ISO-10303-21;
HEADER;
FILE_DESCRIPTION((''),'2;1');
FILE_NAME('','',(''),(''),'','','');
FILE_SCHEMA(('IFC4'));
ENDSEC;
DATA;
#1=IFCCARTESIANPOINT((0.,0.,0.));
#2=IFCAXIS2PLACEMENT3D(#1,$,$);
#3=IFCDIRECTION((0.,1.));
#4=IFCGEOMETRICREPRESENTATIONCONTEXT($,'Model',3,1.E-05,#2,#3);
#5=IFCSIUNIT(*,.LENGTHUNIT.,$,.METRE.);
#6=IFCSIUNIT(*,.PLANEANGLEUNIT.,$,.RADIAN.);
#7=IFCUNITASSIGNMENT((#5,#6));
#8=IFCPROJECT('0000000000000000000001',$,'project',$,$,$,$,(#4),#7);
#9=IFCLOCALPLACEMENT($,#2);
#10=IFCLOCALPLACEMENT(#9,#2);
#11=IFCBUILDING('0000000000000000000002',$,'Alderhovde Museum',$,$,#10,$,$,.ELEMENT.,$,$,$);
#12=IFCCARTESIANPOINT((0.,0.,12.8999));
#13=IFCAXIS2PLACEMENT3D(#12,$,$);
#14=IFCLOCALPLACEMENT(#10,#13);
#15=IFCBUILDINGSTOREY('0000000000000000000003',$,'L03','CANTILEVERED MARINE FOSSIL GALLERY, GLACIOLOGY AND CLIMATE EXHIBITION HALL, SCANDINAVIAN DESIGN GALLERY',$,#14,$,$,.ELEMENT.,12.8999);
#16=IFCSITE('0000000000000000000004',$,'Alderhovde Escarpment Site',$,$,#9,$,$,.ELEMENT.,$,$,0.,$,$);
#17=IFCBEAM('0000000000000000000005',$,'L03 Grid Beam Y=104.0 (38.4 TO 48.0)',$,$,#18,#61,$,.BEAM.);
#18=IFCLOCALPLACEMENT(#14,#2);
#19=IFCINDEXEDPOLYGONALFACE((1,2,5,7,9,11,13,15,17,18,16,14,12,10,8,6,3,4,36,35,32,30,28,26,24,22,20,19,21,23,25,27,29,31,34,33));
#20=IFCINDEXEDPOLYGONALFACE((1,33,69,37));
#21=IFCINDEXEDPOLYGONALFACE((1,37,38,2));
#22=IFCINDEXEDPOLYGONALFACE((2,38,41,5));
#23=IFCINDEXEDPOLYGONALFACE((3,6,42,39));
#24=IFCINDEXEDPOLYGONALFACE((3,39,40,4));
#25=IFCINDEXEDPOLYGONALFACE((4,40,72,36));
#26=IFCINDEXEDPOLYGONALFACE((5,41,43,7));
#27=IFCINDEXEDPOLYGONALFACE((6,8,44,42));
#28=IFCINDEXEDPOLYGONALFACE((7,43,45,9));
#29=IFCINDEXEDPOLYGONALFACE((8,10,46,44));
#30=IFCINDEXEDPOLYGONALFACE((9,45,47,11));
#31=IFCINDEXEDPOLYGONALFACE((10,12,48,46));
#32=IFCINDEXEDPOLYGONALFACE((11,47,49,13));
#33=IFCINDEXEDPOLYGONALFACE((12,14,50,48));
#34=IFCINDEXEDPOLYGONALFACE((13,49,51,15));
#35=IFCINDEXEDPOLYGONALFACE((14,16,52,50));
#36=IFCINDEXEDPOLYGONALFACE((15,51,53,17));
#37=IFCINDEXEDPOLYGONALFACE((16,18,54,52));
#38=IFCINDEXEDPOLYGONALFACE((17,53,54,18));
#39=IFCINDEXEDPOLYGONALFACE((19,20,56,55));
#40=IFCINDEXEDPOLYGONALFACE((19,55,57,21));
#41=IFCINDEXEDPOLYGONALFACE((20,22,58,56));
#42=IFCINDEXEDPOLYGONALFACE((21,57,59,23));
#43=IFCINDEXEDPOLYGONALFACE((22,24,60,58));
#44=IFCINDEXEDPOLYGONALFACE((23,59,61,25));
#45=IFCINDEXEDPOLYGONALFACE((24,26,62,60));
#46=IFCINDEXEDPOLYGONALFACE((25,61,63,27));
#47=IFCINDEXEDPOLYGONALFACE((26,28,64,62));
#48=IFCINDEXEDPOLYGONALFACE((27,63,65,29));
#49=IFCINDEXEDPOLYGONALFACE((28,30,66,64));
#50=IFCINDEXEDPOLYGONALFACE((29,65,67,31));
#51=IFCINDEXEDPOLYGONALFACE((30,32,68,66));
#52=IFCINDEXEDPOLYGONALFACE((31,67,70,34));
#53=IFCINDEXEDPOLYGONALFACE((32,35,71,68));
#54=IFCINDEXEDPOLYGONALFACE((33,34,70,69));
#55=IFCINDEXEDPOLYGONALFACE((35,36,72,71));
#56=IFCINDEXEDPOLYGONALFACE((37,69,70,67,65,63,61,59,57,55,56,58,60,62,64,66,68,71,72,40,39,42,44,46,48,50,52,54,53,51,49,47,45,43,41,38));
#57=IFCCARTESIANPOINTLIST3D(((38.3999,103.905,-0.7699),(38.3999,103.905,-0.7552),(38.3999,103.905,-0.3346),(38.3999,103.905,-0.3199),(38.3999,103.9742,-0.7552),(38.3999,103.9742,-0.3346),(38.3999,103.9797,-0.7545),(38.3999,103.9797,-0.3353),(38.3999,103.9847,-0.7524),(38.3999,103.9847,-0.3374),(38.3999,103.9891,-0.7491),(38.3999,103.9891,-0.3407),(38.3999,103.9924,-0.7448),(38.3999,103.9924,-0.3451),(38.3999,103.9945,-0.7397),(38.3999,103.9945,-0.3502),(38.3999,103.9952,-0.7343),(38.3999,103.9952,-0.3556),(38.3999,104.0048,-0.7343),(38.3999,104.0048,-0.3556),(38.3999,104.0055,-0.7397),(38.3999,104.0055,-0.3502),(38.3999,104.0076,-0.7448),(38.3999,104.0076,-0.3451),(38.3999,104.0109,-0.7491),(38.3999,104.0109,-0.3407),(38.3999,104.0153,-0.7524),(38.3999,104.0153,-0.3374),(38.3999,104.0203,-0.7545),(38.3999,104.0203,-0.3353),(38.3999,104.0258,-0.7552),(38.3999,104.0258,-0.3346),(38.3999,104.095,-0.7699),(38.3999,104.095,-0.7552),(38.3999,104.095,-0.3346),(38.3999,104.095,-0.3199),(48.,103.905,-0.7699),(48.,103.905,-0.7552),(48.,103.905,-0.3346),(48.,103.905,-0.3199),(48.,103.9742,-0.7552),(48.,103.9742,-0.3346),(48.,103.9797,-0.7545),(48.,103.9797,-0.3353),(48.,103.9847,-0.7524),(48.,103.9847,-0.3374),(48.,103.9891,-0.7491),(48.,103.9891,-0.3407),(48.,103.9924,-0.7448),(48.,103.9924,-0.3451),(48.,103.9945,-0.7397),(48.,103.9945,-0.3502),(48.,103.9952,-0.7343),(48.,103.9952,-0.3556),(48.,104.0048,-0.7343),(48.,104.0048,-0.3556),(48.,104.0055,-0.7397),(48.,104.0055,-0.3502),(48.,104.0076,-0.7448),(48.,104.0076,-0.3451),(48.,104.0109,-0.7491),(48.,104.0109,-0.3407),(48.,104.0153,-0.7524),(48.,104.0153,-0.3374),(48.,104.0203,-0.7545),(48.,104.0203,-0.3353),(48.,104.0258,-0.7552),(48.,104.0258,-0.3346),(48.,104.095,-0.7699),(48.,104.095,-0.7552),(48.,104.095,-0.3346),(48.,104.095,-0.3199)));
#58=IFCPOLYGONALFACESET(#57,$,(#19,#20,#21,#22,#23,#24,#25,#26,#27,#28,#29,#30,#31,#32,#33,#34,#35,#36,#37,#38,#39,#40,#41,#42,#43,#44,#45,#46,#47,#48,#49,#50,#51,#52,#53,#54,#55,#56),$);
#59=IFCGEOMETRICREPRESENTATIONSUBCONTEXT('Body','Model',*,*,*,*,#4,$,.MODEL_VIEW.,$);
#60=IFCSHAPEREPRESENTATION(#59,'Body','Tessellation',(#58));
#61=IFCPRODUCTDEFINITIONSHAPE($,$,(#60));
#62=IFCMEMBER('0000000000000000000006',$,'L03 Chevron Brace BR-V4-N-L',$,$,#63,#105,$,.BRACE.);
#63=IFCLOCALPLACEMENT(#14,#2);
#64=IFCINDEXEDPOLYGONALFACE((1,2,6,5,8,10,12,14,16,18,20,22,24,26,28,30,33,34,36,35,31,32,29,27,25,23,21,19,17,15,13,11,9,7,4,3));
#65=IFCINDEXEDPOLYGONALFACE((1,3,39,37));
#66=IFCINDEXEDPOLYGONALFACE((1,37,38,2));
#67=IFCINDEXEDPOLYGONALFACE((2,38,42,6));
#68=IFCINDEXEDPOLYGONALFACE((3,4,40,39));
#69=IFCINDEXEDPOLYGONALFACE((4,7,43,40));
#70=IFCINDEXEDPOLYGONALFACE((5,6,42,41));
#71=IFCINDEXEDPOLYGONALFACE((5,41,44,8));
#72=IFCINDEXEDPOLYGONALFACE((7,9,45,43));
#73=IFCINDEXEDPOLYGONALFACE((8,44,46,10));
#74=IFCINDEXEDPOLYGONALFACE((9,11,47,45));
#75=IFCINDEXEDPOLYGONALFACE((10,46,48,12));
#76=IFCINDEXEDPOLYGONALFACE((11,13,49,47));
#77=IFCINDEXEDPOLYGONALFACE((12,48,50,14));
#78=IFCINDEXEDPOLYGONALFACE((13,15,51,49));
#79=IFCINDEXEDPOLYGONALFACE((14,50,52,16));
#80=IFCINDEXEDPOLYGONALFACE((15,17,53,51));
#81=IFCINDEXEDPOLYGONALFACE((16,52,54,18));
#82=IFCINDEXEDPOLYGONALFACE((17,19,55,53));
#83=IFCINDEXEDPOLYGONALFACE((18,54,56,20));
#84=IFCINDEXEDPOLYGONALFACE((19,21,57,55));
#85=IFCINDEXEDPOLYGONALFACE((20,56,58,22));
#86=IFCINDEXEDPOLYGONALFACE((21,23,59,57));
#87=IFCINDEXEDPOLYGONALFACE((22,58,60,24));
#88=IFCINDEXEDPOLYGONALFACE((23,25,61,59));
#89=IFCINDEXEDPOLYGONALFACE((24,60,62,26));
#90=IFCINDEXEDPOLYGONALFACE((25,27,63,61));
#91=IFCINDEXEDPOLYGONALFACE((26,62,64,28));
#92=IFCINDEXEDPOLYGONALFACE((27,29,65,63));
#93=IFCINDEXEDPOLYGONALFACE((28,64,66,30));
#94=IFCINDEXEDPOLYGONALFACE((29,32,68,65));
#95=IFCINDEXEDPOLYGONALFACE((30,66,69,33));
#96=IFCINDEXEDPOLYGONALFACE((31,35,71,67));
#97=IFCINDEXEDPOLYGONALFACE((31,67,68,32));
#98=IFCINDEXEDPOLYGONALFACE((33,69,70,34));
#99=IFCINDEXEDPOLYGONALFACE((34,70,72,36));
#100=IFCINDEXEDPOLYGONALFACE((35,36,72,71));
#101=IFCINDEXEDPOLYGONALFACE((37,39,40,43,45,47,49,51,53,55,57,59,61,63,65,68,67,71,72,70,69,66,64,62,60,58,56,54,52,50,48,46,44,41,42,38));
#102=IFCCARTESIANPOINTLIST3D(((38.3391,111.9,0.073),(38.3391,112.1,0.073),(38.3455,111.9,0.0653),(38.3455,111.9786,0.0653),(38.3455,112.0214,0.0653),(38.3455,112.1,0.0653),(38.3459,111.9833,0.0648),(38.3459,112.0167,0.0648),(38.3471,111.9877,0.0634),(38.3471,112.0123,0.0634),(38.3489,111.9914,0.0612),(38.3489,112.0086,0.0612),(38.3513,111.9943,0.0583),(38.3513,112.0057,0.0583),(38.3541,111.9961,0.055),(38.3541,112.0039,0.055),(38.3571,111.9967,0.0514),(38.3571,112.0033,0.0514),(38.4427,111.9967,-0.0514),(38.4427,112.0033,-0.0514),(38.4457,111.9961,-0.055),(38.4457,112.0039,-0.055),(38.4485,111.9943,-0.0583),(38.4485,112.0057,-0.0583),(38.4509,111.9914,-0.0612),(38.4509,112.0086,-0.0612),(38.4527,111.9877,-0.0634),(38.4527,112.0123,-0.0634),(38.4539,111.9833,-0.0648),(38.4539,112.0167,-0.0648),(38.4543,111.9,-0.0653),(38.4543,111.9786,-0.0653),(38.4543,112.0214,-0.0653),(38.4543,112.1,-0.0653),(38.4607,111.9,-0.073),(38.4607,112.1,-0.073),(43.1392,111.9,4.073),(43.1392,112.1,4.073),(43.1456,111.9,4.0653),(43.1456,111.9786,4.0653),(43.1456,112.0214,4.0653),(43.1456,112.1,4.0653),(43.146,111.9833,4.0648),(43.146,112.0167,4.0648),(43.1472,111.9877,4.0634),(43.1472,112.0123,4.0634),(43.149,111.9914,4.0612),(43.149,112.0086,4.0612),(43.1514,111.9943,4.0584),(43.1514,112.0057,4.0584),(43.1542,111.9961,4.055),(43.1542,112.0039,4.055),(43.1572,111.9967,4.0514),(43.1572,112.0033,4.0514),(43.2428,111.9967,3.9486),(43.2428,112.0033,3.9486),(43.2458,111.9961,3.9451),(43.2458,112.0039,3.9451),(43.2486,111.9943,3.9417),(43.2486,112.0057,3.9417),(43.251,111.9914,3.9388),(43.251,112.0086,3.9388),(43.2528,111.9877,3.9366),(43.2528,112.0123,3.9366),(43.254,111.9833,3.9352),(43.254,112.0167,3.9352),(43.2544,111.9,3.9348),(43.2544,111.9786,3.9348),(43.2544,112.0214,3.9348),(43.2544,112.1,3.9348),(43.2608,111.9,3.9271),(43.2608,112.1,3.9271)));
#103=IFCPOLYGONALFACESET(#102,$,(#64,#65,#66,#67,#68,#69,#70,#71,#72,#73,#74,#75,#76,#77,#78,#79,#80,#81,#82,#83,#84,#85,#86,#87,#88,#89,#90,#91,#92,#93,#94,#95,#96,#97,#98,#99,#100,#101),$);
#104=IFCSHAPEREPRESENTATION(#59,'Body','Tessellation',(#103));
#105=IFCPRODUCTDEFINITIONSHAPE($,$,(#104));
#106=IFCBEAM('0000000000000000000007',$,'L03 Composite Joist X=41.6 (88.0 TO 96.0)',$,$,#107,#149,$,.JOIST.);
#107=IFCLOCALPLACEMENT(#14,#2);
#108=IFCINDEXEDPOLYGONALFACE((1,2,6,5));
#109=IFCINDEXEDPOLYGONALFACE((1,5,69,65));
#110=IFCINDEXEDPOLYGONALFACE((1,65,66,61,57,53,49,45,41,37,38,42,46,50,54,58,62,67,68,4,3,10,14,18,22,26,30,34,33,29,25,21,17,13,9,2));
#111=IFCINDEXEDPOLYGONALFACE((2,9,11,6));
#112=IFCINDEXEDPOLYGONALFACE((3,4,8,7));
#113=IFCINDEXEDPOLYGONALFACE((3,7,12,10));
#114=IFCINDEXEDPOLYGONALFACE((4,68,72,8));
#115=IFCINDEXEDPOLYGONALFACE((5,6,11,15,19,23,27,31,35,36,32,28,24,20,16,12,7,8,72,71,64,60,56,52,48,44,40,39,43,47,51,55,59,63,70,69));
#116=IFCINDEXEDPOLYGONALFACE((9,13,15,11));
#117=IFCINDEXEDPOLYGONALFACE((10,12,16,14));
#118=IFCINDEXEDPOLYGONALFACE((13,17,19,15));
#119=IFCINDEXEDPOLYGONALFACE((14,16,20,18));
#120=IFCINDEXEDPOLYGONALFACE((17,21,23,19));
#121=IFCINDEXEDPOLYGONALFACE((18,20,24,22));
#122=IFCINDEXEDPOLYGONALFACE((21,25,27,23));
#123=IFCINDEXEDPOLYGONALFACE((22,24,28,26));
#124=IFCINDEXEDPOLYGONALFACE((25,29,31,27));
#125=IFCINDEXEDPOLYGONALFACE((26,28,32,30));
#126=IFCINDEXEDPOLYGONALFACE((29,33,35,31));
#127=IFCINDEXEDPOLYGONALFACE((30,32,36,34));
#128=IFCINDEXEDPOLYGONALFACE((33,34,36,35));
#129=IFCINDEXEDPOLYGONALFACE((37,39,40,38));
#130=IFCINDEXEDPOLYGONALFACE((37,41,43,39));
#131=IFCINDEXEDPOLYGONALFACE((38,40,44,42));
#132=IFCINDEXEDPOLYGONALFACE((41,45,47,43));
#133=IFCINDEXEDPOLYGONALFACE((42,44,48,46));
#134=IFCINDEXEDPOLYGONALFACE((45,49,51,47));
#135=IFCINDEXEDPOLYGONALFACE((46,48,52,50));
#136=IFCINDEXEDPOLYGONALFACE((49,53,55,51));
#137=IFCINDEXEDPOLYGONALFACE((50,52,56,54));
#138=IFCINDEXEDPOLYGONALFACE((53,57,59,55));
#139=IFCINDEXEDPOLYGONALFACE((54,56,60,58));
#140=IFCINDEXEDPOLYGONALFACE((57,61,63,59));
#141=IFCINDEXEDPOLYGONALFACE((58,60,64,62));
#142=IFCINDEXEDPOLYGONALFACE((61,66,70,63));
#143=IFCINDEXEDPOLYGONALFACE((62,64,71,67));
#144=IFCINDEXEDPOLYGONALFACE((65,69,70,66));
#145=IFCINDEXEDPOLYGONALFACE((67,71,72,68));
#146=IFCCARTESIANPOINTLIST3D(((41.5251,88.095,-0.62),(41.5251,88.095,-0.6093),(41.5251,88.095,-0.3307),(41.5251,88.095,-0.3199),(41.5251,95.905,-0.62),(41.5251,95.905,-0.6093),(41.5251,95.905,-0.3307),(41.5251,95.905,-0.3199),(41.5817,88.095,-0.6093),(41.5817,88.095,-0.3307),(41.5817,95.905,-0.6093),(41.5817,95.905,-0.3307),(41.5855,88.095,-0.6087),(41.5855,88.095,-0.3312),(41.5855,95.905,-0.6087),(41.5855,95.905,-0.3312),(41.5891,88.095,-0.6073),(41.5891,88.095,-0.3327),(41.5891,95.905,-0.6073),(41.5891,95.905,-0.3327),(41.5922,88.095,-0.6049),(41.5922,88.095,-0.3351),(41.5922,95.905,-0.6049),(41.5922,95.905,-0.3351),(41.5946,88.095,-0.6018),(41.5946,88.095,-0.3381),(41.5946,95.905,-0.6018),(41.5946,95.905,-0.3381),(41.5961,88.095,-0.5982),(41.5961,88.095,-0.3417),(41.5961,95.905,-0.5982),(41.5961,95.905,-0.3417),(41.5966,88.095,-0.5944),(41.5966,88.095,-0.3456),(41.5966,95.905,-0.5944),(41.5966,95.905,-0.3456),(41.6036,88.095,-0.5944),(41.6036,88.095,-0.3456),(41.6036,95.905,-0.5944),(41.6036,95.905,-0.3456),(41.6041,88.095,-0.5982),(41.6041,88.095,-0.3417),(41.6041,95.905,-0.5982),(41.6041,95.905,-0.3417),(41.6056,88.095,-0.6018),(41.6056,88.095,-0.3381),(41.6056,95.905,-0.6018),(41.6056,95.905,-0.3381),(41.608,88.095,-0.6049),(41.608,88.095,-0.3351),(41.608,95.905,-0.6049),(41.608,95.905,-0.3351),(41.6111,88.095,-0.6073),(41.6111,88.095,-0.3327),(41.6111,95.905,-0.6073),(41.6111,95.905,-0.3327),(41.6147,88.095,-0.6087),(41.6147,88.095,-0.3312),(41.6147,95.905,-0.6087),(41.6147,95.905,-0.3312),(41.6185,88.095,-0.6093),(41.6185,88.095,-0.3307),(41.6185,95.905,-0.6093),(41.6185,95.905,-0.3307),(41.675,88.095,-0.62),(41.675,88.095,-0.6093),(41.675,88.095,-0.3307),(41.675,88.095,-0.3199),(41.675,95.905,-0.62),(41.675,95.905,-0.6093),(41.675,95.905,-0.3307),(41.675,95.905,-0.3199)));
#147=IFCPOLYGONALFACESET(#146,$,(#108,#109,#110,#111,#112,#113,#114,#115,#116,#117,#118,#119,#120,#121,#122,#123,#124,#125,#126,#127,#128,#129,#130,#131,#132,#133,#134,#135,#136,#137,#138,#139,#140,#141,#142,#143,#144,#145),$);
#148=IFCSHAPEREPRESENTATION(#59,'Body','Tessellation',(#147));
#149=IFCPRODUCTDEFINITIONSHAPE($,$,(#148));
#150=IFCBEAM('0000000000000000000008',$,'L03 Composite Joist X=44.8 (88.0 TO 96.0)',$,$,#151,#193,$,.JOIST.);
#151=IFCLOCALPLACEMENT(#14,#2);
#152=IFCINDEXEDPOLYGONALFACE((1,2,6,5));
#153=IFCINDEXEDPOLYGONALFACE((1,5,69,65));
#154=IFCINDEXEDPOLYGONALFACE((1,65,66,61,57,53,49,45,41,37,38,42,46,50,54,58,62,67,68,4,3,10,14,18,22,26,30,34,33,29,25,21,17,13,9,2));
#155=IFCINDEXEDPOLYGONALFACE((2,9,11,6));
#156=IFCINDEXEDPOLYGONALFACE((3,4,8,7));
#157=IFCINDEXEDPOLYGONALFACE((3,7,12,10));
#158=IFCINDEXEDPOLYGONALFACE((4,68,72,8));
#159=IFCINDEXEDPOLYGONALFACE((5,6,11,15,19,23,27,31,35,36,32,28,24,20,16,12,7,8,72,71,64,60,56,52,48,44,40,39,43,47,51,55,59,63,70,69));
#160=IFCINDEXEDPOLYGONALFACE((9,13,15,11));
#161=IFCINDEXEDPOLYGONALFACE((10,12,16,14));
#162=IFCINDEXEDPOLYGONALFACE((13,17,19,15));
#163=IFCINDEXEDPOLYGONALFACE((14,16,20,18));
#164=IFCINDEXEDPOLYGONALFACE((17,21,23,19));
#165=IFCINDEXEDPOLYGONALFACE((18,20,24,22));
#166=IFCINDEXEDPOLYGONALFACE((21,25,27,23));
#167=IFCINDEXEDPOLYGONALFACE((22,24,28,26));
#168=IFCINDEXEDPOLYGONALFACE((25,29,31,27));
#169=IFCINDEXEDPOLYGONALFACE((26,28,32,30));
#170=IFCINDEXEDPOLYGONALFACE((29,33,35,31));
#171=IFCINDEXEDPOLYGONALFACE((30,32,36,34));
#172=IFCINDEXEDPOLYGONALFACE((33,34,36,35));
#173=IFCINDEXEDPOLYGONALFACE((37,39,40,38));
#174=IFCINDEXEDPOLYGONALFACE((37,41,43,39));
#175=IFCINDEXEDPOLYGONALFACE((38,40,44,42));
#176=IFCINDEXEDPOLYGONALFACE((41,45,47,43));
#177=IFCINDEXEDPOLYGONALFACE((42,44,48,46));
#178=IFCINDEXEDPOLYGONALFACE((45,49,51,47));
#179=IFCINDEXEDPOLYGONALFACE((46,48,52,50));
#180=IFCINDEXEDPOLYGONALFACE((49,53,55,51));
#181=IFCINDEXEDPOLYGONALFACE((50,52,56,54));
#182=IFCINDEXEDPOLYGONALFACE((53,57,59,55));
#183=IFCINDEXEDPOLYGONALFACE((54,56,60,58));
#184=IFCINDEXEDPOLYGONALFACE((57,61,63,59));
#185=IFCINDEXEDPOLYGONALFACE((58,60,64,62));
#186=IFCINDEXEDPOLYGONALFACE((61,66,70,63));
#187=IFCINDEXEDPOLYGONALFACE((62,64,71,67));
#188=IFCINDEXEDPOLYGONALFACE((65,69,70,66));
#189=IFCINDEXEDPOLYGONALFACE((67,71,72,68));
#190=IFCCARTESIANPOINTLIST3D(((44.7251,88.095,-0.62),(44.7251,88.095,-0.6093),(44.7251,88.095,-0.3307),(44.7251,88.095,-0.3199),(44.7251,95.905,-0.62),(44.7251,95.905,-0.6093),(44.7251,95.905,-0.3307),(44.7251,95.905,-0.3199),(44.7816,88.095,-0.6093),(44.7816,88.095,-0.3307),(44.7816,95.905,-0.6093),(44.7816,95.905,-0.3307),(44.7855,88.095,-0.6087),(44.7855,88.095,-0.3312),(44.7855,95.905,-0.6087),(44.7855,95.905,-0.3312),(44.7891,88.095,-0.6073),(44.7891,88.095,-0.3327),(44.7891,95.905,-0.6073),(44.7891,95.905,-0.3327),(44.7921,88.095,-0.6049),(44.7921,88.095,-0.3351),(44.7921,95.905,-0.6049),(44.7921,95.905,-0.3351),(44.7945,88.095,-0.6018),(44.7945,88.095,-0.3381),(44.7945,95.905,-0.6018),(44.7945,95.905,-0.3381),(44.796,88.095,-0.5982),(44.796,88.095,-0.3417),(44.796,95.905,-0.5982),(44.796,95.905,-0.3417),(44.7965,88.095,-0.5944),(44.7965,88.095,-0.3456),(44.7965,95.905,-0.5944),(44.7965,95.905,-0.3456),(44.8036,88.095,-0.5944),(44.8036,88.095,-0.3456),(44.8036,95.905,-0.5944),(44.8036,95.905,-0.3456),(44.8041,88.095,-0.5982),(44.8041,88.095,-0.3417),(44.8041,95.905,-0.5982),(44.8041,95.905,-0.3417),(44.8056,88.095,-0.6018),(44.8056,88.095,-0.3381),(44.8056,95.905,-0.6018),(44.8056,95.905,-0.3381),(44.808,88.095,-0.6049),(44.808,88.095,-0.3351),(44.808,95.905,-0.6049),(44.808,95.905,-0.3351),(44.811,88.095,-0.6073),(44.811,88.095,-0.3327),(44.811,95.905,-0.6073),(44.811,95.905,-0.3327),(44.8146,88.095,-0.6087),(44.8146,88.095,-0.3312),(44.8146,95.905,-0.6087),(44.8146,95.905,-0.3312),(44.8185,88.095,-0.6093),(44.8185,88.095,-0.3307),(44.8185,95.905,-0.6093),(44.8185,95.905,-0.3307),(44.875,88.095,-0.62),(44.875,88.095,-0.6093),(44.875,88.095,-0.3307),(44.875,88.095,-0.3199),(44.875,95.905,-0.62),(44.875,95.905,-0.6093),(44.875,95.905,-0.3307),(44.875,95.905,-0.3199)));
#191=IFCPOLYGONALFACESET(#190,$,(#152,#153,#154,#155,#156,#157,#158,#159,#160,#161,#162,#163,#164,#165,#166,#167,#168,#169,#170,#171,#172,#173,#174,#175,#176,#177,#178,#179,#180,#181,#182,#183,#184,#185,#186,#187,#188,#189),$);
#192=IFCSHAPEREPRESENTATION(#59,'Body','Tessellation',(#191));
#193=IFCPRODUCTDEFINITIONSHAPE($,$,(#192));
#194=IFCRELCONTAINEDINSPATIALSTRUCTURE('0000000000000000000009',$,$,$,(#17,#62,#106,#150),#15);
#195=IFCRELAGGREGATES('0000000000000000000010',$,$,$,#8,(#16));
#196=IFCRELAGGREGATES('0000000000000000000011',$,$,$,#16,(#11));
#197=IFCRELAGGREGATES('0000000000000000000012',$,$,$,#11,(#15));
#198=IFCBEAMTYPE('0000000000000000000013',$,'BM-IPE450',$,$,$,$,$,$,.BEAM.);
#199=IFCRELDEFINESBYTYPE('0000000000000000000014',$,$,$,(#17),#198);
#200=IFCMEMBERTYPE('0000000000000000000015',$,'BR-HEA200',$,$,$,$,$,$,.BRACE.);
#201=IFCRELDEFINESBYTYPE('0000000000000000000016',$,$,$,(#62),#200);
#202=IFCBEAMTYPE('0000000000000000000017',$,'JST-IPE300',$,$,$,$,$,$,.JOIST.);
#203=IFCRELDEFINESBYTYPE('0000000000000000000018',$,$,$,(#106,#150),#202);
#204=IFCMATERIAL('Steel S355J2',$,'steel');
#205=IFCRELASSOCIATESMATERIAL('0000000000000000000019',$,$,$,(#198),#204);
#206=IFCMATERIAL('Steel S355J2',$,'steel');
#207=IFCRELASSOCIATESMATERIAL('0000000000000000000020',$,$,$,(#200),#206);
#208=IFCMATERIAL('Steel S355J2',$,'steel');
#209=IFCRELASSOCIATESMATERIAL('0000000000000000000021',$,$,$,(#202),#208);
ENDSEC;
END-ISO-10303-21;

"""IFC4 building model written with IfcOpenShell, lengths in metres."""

from ifc_helpers import new_model, si_unit, direction, frame, origin, origin_2d, place, context, subcontext, project, spatial, i_section, extrude, material, material_profile, profile_set, type_object, element, save


model = new_model("IFC4")

# Units and contexts
model_context = context("Model", 3, precision=1e-05, world=origin(), true_north=direction((0.0, 1.0)))
body_context = subcontext(model_context, "Body", "Model", "MODEL_VIEW")
ifc_project = project(units=[si_unit("LENGTHUNIT", "METRE"), si_unit("PLANEANGLEUNIT", "RADIAN")], contexts=[model_context])

# Site, building, storey
site_placement = place(None, origin())
site = spatial("IfcSite", under=ifc_project, at=site_placement, Name="Alderhovde Escarpment Site", CompositionType="ELEMENT", RefElevation=0.0)
building_placement = place(site_placement, origin())
building = spatial("IfcBuilding", under=site, at=building_placement, Name="Alderhovde Museum", CompositionType="ELEMENT")
storey_placement = place(building_placement, frame((0.0, 0.0, 12.8999)))
storey = spatial("IfcBuildingStorey", under=building, at=storey_placement, Name="L03", Description="CANTILEVERED MARINE FOSSIL GALLERY, GLACIOLOGY AND CLIMATE EXHIBITION HALL, SCANDINAVIAN DESIGN GALLERY", CompositionType="ELEMENT", Elevation=12.8999)

# Beam
ifc_material_1 = material(Name="Steel S355J2", Category="steel")
ifc_material_profile_1 = material_profile(ifc_material_1, i_section(OverallWidth=0.1899, OverallDepth=0.45, WebThickness=0.0095, FlangeThickness=0.0146, FilletRadius=0.021, at=origin_2d()), Name="IPE 450")
ifc_profile_set_1 = profile_set([ifc_material_profile_1], Name="Steel S355J2")
beam_type_1 = type_object("IfcBeamType", Name="BM-IPE450", PredefinedType="BEAM", material=ifc_profile_set_1)
for number, where, z_axis, x_axis, name in (
    (1, (38.3999, 104.0, -0.5449), (1.0, 0.0, 0.0), (0.0, 1.0, 0.0), "L03 Grid Beam Y=104.0 (38.4 TO 48.0)"),
):
    element("IfcBeam", number, at=place(storey_placement, frame(where, z_axis=z_axis, x_axis=x_axis)), inside=storey, type_object=beam_type_1, Name=name, PredefinedType="BEAM", context=body_context, shape_type="SweptSolid", body=[
        extrude(i_section(OverallWidth=0.1899, OverallDepth=0.45, WebThickness=0.0095, FlangeThickness=0.0146, FilletRadius=0.021, at=origin_2d()), origin(), (0.0, 0.0, 1.0), 9.6001),
    ])

# Member
ifc_material_2 = material(Name="Steel S355J2", Category="steel")
ifc_material_profile_2 = material_profile(ifc_material_2, i_section(OverallWidth=0.2, OverallDepth=0.1899, WebThickness=0.0066, FlangeThickness=0.01, FilletRadius=0.0181, at=origin_2d()), Name="HEA 200")
ifc_profile_set_2 = profile_set([ifc_material_profile_2], Name="Steel S355J2")
member_type = type_object("IfcMemberType", Name="BR-HEA200", PredefinedType="BRACE", material=ifc_profile_set_2)
member_placement = place(storey_placement, frame((38.3999, 112.0, 0.0), z_axis=(0.768224, 0.0, 0.640181), x_axis=(0.0, 1.0, 0.0)))
element("IfcMember", 2, at=member_placement, inside=storey, type_object=member_type, Name="L03 Chevron Brace BR-V4-N-L", PredefinedType="BRACE", context=body_context, shape_type="SweptSolid", body=[
    extrude(i_section(OverallWidth=0.2, OverallDepth=0.1899, WebThickness=0.0066, FlangeThickness=0.01, FilletRadius=0.0181, at=origin_2d()), origin(), (0.0, 0.0, 1.0), 6.2483),
])

# Beams
ifc_material_3 = material(Name="Steel S355J2", Category="steel")
ifc_material_profile_3 = material_profile(ifc_material_3, i_section(OverallWidth=0.1499, OverallDepth=0.3, WebThickness=0.0071, FlangeThickness=0.0107, FilletRadius=0.0149, at=origin_2d()), Name="IPE 300")
ifc_profile_set_3 = profile_set([ifc_material_profile_3], Name="Steel S355J2")
beam_type_2 = type_object("IfcBeamType", Name="JST-IPE300", PredefinedType="JOIST", material=ifc_profile_set_3)
for number, where, z_axis, x_axis, name in (
    (3, (41.6001, 88.095, -0.47), (0.0, 1.0, 0.0), (-1.0, 0.0, 0.0), "L03 Composite Joist X=41.6 (88.0 TO 96.0)"),
    (4, (44.8, 88.095, -0.47), (0.0, 1.0, 0.0), (-1.0, 0.0, 0.0), "L03 Composite Joist X=44.8 (88.0 TO 96.0)"),
):
    element("IfcBeam", number, at=place(storey_placement, frame(where, z_axis=z_axis, x_axis=x_axis)), inside=storey, type_object=beam_type_2, Name=name, PredefinedType="JOIST", context=body_context, shape_type="SweptSolid", body=[
        extrude(i_section(OverallWidth=0.1499, OverallDepth=0.3, WebThickness=0.0071, FlangeThickness=0.0107, FilletRadius=0.0149, at=origin_2d()), origin(), (0.0, 0.0, 1.0), 7.8101),
    ])

save(model, "model.ifc")
